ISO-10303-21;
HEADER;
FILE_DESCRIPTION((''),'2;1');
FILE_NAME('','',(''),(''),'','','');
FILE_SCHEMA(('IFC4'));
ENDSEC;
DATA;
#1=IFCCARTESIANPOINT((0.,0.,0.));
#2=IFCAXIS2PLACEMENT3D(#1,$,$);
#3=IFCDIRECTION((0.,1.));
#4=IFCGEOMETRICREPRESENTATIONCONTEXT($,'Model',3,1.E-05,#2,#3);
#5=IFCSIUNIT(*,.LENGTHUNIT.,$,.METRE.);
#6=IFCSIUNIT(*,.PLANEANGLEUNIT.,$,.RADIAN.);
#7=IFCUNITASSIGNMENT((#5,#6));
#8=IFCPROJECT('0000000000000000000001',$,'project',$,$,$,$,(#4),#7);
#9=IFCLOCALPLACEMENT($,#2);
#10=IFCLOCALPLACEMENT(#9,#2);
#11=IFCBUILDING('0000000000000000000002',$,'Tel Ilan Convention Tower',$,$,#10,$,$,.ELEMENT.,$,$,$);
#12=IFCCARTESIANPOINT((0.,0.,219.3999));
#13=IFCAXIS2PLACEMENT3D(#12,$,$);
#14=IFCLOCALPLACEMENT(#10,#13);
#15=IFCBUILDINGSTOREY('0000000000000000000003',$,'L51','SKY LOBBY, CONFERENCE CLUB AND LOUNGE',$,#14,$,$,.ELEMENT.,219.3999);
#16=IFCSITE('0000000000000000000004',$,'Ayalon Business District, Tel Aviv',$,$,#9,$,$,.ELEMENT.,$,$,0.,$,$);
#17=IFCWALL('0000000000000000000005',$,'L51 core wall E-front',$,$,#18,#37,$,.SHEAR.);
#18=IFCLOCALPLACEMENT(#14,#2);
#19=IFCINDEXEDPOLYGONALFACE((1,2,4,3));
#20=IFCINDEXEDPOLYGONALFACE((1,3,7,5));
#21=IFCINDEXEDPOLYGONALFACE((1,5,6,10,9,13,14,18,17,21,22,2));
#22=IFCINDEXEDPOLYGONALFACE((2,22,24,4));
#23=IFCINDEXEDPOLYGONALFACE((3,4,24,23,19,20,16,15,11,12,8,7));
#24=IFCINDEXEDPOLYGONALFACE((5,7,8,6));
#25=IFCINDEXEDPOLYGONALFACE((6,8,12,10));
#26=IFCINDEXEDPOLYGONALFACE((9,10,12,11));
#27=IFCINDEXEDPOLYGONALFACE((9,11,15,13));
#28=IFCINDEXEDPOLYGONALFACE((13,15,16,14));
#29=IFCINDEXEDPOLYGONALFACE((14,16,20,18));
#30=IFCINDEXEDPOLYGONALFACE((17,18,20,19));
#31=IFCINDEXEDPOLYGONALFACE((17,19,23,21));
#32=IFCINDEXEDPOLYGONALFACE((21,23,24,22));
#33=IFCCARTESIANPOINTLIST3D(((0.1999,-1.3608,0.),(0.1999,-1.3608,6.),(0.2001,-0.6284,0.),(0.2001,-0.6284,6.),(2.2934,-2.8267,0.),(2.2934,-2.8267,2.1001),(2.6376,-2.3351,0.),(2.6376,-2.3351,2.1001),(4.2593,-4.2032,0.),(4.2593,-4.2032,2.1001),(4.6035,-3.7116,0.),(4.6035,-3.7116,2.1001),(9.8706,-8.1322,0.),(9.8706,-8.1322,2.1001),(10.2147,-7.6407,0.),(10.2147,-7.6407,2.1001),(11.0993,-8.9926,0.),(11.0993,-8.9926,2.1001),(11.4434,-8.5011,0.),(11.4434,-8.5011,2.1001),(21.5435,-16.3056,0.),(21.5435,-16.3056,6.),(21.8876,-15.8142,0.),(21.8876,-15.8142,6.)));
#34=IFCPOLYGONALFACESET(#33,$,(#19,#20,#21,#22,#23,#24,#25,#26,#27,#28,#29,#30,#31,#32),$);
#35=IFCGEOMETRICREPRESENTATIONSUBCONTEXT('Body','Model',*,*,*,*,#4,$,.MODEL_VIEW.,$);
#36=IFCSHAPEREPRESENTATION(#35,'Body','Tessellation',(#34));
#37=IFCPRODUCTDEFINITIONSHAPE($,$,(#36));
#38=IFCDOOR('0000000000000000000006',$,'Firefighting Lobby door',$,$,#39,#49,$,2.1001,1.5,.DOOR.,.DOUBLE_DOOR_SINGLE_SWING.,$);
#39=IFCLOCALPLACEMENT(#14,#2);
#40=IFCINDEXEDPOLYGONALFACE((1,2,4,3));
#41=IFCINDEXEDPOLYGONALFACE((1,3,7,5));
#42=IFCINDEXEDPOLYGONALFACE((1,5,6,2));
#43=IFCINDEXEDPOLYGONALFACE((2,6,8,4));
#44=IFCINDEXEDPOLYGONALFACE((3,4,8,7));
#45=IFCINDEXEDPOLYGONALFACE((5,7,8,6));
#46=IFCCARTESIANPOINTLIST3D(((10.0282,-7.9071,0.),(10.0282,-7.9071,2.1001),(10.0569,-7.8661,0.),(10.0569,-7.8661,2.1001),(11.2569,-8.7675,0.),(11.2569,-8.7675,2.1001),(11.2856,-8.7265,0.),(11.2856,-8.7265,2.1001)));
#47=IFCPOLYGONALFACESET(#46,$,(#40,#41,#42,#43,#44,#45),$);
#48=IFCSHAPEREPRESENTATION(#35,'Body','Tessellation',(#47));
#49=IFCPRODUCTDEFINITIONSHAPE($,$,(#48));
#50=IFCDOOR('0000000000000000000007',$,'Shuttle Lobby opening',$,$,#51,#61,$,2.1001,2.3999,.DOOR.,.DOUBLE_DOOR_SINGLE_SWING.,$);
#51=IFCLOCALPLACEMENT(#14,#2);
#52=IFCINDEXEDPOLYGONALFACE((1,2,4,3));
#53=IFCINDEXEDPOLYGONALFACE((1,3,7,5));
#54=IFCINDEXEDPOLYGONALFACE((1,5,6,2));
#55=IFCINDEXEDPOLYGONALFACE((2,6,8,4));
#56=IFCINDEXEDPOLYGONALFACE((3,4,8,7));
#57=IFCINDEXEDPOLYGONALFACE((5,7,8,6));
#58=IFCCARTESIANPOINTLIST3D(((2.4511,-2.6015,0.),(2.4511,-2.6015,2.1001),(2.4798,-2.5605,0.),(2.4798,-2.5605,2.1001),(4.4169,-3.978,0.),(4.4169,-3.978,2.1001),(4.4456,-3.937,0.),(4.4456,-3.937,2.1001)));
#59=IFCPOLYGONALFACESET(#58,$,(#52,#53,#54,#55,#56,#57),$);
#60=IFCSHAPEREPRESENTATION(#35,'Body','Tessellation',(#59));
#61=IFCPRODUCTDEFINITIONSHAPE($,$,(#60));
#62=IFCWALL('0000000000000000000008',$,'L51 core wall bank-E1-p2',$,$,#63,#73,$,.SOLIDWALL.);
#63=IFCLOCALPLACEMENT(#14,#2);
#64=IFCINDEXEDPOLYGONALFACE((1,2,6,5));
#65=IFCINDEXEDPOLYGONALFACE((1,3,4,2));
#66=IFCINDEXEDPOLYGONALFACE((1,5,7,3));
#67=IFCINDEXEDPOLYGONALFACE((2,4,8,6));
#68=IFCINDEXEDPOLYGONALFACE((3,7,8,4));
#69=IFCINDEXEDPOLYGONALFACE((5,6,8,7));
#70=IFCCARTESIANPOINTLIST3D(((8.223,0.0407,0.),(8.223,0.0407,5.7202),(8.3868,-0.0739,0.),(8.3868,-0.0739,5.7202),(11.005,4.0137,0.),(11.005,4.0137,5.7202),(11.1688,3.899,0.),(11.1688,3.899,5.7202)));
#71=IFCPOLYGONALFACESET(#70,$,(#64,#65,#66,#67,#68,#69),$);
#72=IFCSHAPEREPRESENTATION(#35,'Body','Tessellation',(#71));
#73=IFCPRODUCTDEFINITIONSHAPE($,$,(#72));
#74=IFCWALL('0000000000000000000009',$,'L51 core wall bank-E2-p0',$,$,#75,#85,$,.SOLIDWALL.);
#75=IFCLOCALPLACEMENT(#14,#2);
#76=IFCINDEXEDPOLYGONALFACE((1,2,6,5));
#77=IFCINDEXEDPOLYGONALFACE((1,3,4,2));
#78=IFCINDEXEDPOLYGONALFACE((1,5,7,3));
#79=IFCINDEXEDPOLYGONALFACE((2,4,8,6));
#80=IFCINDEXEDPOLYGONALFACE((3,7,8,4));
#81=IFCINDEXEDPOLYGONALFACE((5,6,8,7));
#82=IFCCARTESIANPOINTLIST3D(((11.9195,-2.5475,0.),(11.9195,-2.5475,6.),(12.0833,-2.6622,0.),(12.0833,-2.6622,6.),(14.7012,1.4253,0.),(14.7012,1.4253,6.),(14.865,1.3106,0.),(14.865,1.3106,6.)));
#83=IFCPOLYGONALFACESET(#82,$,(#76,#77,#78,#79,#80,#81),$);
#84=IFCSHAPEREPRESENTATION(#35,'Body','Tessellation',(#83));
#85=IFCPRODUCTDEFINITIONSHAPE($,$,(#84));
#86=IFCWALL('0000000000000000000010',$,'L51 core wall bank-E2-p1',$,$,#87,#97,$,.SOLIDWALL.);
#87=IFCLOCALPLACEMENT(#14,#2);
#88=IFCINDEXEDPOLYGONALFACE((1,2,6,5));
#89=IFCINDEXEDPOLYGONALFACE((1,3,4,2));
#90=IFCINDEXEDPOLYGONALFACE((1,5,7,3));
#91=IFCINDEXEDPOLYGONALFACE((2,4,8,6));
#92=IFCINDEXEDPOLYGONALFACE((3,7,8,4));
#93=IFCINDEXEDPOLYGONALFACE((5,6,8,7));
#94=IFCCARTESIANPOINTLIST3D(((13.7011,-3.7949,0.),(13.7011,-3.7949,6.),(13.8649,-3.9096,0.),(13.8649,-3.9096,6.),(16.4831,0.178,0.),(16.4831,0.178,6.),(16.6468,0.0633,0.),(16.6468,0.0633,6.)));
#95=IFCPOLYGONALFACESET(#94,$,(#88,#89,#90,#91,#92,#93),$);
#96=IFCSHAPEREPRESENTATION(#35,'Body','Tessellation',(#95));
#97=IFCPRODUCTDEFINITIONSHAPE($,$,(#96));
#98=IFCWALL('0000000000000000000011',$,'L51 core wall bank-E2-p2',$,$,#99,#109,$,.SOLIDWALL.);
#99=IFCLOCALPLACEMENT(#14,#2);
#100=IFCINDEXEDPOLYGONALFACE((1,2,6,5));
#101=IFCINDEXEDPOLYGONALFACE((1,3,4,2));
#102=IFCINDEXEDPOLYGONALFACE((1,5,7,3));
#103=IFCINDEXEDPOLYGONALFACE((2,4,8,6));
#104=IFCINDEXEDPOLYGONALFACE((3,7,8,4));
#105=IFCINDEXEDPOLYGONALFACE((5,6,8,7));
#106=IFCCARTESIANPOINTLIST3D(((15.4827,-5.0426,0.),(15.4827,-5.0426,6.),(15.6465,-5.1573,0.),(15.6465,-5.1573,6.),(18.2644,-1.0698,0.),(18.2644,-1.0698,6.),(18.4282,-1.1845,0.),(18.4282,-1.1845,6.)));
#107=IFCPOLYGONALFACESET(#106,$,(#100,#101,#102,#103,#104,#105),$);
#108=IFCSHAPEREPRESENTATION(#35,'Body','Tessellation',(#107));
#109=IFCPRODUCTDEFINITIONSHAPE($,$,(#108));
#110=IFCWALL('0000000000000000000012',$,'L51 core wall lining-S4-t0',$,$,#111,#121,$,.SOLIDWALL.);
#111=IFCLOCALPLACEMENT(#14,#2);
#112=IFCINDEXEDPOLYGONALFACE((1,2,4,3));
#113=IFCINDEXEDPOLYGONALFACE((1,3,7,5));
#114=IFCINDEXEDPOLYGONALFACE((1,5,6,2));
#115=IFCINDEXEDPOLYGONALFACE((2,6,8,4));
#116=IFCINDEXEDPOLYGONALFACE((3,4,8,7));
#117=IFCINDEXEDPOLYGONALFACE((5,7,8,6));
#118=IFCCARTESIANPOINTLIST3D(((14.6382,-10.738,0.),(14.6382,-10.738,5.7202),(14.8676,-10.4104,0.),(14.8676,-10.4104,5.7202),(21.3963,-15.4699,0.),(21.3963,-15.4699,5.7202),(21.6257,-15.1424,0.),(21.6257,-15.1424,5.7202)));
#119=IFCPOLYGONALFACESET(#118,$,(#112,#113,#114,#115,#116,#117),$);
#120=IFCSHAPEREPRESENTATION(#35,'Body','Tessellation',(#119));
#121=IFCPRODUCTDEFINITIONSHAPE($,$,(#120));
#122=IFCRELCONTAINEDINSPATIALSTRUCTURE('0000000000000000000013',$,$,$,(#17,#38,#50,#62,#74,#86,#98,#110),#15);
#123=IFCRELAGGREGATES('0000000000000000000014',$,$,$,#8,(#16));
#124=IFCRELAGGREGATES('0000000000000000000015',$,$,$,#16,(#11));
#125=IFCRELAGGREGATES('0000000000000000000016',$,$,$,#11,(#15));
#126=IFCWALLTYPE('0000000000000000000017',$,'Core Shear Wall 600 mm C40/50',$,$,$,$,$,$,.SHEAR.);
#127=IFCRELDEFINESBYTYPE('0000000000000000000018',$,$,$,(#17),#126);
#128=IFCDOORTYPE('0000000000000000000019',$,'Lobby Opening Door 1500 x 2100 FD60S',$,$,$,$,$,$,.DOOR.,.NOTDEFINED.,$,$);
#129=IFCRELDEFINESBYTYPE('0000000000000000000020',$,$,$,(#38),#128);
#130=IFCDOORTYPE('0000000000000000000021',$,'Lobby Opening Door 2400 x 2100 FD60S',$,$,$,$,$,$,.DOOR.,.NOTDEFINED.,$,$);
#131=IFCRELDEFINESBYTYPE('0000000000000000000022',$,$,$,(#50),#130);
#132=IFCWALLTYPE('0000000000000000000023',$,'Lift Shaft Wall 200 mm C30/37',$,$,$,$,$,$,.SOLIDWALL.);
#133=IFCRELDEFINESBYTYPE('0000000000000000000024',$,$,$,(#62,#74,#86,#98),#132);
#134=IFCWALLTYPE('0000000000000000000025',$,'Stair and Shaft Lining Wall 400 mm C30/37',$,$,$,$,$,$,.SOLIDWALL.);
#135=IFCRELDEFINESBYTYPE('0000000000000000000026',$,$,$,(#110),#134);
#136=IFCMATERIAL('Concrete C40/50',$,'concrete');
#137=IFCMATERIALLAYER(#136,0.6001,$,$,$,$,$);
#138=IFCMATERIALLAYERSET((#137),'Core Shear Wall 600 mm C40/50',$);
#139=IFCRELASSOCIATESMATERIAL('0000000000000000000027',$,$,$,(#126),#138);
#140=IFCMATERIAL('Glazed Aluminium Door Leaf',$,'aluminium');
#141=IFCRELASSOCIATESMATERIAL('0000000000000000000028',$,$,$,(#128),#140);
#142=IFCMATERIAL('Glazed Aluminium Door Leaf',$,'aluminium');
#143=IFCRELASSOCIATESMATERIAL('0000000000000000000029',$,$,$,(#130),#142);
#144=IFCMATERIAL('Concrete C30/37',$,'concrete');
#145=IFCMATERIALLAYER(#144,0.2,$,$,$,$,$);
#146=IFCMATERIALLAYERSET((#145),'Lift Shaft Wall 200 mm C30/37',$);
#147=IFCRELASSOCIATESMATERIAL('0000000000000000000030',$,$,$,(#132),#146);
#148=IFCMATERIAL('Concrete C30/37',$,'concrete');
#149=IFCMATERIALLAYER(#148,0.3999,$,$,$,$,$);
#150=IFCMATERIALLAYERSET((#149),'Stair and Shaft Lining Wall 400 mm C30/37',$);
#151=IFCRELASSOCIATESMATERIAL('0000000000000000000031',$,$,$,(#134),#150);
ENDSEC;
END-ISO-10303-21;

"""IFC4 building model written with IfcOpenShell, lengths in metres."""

from ifc_helpers import new_model, si_unit, direction, frame, frame_2d, origin, place, context, subcontext, project, spatial, polyline, rectangle, outline, extrude, material, layer, layer_set, type_object, element, fill, save


model = new_model("IFC4")

# Units and contexts
model_context = context("Model", 3, precision=1e-05, world=origin(), true_north=direction((0.0, 1.0)))
body_context = subcontext(model_context, "Body", "Model", "MODEL_VIEW")
ifc_project = project(units=[si_unit("LENGTHUNIT", "METRE"), si_unit("PLANEANGLEUNIT", "RADIAN")], contexts=[model_context])

# Site, building, storey
site_placement = place(None, origin())
site = spatial("IfcSite", under=ifc_project, at=site_placement, Name="Ayalon Business District, Tel Aviv", CompositionType="ELEMENT", RefElevation=0.0)
building_placement = place(site_placement, origin())
building = spatial("IfcBuilding", under=site, at=building_placement, Name="Tel Ilan Convention Tower", CompositionType="ELEMENT")
storey_placement = place(building_placement, frame((0.0, 0.0, 219.3999)))
storey = spatial("IfcBuildingStorey", under=building, at=storey_placement, Name="L51", Description="SKY LOBBY, CONFERENCE CLUB AND LOUNGE", CompositionType="ELEMENT", Elevation=219.3999)

# Wall, openings, doors
ifc_material_1 = material(Name="Concrete C40/50", Category="concrete")
ifc_layer_1 = layer(ifc_material_1, 0.6001)
ifc_layer_set_1 = layer_set([ifc_layer_1], Name="Core Shear Wall 600 mm C40/50")
wall_type_1 = type_object("IfcWallType", Name="Core Shear Wall 600 mm C40/50", PredefinedType="SHEAR", material=ifc_layer_set_1)
wall_1_placement = place(storey_placement, frame((0.0278, -0.874, 0.0), z_axis=(0.0, 0.0, 1.0), x_axis=(0.81915, -0.573579, 0.0)))
wall_1 = element("IfcWall", 1, at=wall_1_placement, inside=storey, type_object=wall_type_1, Name="L51 core wall E-front", PredefinedType="SHEAR", context=body_context, shape_type="SweptSolid", body=[
    extrude(outline(polyline([(26.4758, 0.3), (0.0002, 0.3), (0.4202, -0.3), (26.4758, -0.2998), (26.4758, 0.3)])), origin(), (0.0, 0.0, 1.0), 6.0),
])
opening_1_placement = place(wall_1_placement, frame((2.9758, 0.0, 0.0)))
opening_1 = element("IfcOpeningElement", 2, at=opening_1_placement, cuts=wall_1, PredefinedType="OPENING", context=body_context, shape_type="SweptSolid", body=[
    extrude(rectangle(XDim=2.3999, YDim=2.1001, at=frame_2d((1.2, 1.05))), frame((0.0, 0.3101, 0.0), z_axis=(0.0, -1.0, 0.0), x_axis=(1.0, 0.0, 0.0)), (0.0, 0.0, 1.0), 0.6201),
])
opening_2_placement = place(wall_1_placement, frame((12.2258, 0.0, 0.0)))
opening_2 = element("IfcOpeningElement", 3, at=opening_2_placement, cuts=wall_1, PredefinedType="OPENING", context=body_context, shape_type="SweptSolid", body=[
    extrude(rectangle(XDim=1.5, YDim=2.1001, at=frame_2d((0.75, 1.05))), frame((0.0, 0.3101, 0.0), z_axis=(0.0, -1.0, 0.0), x_axis=(1.0, 0.0, 0.0)), (0.0, 0.0, 1.0), 0.6201),
])
ifc_material_2 = material(Name="Glazed Aluminium Door Leaf", Category="aluminium")
door_type_1 = type_object("IfcDoorType", Name="Lobby Opening Door 1500 x 2100 FD60S", OperationType="NOTDEFINED", PredefinedType="DOOR", material=ifc_material_2)
door_1_placement = place(opening_2_placement, origin())
door_1 = element("IfcDoor", 4, at=door_1_placement, inside=storey, type_object=door_type_1, Name="Firefighting Lobby door", OperationType="DOUBLE_DOOR_SINGLE_SWING", OverallHeight=2.1001, OverallWidth=1.5, PredefinedType="DOOR", context=body_context, shape_type="SweptSolid", body=[
    extrude(rectangle(XDim=1.5, YDim=2.1001, at=frame_2d((0.75, 1.05))), frame((0.0, 0.0249, 0.0), z_axis=(0.0, -1.0, 0.0), x_axis=(1.0, 0.0, 0.0)), (0.0, 0.0, 1.0), 0.05),
])
fill(opening_2, door_1)
ifc_material_3 = material(Name="Glazed Aluminium Door Leaf", Category="aluminium")
door_type_2 = type_object("IfcDoorType", Name="Lobby Opening Door 2400 x 2100 FD60S", OperationType="NOTDEFINED", PredefinedType="DOOR", material=ifc_material_3)
door_2_placement = place(opening_1_placement, origin())
door_2 = element("IfcDoor", 5, at=door_2_placement, inside=storey, type_object=door_type_2, Name="Shuttle Lobby opening", OperationType="DOUBLE_DOOR_SINGLE_SWING", OverallHeight=2.1001, OverallWidth=2.3999, PredefinedType="DOOR", context=body_context, shape_type="SweptSolid", body=[
    extrude(rectangle(XDim=2.3999, YDim=2.1001, at=frame_2d((1.2, 1.05))), frame((0.0, 0.0249, 0.0), z_axis=(0.0, -1.0, 0.0), x_axis=(1.0, 0.0, 0.0)), (0.0, 0.0, 1.0), 0.05),
])
fill(opening_1, door_2)

# Walls
ifc_material_4 = material(Name="Concrete C30/37", Category="concrete")
ifc_layer_2 = layer(ifc_material_4, 0.2)
ifc_layer_set_2 = layer_set([ifc_layer_2], Name="Lift Shaft Wall 200 mm C30/37")
wall_type_2 = type_object("IfcWallType", Name="Lift Shaft Wall 200 mm C30/37", PredefinedType="SOLIDWALL", material=ifc_layer_set_2)
wall_2_placement = place(storey_placement, frame((8.3049, -0.0166, 0.0), z_axis=(0.0, 0.0, 1.0), x_axis=(0.573594, 0.81914, 0.0)))
element("IfcWall", 6, at=wall_2_placement, inside=storey, type_object=wall_type_2, Name="L51 core wall bank-E1-p2", PredefinedType="SOLIDWALL", context=body_context, shape_type="SweptSolid", body=[
    extrude(rectangle(XDim=4.8501, YDim=0.2, at=frame_2d((2.425, 0.0))), origin(), (0.0, 0.0, 1.0), 5.7202),
])
wall_3_placement = place(storey_placement, frame((12.0015, -2.6047, 0.0), z_axis=(0.0, 0.0, 1.0), x_axis=(0.57356, 0.819163, 0.0)))
element("IfcWall", 7, at=wall_3_placement, inside=storey, type_object=wall_type_2, Name="L51 core wall bank-E2-p0", PredefinedType="SOLIDWALL", context=body_context, shape_type="SweptSolid", body=[
    extrude(rectangle(XDim=4.8499, YDim=0.2, at=frame_2d((2.4248, 0.0))), origin(), (0.0, 0.0, 1.0), 6.0),
])
wall_4_placement = place(storey_placement, frame((13.783, -3.8523, 0.0), z_axis=(0.0, 0.0, 1.0), x_axis=(0.573594, 0.81914, 0.0)))
element("IfcWall", 8, at=wall_4_placement, inside=storey, type_object=wall_type_2, Name="L51 core wall bank-E2-p1", PredefinedType="SOLIDWALL", context=body_context, shape_type="SweptSolid", body=[
    extrude(rectangle(XDim=4.8501, YDim=0.2, at=frame_2d((2.425, 0.0))), origin(), (0.0, 0.0, 1.0), 6.0),
])
wall_5_placement = place(storey_placement, frame((15.5647, -5.0999, 0.0), z_axis=(0.0, 0.0, 1.0), x_axis=(0.57356, 0.819163, 0.0)))
element("IfcWall", 9, at=wall_5_placement, inside=storey, type_object=wall_type_2, Name="L51 core wall bank-E2-p2", PredefinedType="SOLIDWALL", context=body_context, shape_type="SweptSolid", body=[
    extrude(rectangle(XDim=4.8499, YDim=0.2, at=frame_2d((2.4248, 0.0))), origin(), (0.0, 0.0, 1.0), 6.0),
])
ifc_material_5 = material(Name="Concrete C30/37", Category="concrete")
ifc_layer_3 = layer(ifc_material_5, 0.3999)
ifc_layer_set_3 = layer_set([ifc_layer_3], Name="Stair and Shaft Lining Wall 400 mm C30/37")
wall_type_3 = type_object("IfcWallType", Name="Stair and Shaft Lining Wall 400 mm C30/37", PredefinedType="SOLIDWALL", material=ifc_layer_set_3)
wall_6_placement = place(storey_placement, frame((14.7529, -10.5742, 0.0), z_axis=(0.0, 0.0, 1.0), x_axis=(0.819158, -0.573568, 0.0)))
element("IfcWall", 10, at=wall_6_placement, inside=storey, type_object=wall_type_3, Name="L51 core wall lining-S4-t0", PredefinedType="SOLIDWALL", context=body_context, shape_type="SweptSolid", body=[
    extrude(rectangle(XDim=8.25, YDim=0.3999, at=frame_2d((4.125, 0.0))), origin(), (0.0, 0.0, 1.0), 5.7202),
])

save(model, "model.ifc")
